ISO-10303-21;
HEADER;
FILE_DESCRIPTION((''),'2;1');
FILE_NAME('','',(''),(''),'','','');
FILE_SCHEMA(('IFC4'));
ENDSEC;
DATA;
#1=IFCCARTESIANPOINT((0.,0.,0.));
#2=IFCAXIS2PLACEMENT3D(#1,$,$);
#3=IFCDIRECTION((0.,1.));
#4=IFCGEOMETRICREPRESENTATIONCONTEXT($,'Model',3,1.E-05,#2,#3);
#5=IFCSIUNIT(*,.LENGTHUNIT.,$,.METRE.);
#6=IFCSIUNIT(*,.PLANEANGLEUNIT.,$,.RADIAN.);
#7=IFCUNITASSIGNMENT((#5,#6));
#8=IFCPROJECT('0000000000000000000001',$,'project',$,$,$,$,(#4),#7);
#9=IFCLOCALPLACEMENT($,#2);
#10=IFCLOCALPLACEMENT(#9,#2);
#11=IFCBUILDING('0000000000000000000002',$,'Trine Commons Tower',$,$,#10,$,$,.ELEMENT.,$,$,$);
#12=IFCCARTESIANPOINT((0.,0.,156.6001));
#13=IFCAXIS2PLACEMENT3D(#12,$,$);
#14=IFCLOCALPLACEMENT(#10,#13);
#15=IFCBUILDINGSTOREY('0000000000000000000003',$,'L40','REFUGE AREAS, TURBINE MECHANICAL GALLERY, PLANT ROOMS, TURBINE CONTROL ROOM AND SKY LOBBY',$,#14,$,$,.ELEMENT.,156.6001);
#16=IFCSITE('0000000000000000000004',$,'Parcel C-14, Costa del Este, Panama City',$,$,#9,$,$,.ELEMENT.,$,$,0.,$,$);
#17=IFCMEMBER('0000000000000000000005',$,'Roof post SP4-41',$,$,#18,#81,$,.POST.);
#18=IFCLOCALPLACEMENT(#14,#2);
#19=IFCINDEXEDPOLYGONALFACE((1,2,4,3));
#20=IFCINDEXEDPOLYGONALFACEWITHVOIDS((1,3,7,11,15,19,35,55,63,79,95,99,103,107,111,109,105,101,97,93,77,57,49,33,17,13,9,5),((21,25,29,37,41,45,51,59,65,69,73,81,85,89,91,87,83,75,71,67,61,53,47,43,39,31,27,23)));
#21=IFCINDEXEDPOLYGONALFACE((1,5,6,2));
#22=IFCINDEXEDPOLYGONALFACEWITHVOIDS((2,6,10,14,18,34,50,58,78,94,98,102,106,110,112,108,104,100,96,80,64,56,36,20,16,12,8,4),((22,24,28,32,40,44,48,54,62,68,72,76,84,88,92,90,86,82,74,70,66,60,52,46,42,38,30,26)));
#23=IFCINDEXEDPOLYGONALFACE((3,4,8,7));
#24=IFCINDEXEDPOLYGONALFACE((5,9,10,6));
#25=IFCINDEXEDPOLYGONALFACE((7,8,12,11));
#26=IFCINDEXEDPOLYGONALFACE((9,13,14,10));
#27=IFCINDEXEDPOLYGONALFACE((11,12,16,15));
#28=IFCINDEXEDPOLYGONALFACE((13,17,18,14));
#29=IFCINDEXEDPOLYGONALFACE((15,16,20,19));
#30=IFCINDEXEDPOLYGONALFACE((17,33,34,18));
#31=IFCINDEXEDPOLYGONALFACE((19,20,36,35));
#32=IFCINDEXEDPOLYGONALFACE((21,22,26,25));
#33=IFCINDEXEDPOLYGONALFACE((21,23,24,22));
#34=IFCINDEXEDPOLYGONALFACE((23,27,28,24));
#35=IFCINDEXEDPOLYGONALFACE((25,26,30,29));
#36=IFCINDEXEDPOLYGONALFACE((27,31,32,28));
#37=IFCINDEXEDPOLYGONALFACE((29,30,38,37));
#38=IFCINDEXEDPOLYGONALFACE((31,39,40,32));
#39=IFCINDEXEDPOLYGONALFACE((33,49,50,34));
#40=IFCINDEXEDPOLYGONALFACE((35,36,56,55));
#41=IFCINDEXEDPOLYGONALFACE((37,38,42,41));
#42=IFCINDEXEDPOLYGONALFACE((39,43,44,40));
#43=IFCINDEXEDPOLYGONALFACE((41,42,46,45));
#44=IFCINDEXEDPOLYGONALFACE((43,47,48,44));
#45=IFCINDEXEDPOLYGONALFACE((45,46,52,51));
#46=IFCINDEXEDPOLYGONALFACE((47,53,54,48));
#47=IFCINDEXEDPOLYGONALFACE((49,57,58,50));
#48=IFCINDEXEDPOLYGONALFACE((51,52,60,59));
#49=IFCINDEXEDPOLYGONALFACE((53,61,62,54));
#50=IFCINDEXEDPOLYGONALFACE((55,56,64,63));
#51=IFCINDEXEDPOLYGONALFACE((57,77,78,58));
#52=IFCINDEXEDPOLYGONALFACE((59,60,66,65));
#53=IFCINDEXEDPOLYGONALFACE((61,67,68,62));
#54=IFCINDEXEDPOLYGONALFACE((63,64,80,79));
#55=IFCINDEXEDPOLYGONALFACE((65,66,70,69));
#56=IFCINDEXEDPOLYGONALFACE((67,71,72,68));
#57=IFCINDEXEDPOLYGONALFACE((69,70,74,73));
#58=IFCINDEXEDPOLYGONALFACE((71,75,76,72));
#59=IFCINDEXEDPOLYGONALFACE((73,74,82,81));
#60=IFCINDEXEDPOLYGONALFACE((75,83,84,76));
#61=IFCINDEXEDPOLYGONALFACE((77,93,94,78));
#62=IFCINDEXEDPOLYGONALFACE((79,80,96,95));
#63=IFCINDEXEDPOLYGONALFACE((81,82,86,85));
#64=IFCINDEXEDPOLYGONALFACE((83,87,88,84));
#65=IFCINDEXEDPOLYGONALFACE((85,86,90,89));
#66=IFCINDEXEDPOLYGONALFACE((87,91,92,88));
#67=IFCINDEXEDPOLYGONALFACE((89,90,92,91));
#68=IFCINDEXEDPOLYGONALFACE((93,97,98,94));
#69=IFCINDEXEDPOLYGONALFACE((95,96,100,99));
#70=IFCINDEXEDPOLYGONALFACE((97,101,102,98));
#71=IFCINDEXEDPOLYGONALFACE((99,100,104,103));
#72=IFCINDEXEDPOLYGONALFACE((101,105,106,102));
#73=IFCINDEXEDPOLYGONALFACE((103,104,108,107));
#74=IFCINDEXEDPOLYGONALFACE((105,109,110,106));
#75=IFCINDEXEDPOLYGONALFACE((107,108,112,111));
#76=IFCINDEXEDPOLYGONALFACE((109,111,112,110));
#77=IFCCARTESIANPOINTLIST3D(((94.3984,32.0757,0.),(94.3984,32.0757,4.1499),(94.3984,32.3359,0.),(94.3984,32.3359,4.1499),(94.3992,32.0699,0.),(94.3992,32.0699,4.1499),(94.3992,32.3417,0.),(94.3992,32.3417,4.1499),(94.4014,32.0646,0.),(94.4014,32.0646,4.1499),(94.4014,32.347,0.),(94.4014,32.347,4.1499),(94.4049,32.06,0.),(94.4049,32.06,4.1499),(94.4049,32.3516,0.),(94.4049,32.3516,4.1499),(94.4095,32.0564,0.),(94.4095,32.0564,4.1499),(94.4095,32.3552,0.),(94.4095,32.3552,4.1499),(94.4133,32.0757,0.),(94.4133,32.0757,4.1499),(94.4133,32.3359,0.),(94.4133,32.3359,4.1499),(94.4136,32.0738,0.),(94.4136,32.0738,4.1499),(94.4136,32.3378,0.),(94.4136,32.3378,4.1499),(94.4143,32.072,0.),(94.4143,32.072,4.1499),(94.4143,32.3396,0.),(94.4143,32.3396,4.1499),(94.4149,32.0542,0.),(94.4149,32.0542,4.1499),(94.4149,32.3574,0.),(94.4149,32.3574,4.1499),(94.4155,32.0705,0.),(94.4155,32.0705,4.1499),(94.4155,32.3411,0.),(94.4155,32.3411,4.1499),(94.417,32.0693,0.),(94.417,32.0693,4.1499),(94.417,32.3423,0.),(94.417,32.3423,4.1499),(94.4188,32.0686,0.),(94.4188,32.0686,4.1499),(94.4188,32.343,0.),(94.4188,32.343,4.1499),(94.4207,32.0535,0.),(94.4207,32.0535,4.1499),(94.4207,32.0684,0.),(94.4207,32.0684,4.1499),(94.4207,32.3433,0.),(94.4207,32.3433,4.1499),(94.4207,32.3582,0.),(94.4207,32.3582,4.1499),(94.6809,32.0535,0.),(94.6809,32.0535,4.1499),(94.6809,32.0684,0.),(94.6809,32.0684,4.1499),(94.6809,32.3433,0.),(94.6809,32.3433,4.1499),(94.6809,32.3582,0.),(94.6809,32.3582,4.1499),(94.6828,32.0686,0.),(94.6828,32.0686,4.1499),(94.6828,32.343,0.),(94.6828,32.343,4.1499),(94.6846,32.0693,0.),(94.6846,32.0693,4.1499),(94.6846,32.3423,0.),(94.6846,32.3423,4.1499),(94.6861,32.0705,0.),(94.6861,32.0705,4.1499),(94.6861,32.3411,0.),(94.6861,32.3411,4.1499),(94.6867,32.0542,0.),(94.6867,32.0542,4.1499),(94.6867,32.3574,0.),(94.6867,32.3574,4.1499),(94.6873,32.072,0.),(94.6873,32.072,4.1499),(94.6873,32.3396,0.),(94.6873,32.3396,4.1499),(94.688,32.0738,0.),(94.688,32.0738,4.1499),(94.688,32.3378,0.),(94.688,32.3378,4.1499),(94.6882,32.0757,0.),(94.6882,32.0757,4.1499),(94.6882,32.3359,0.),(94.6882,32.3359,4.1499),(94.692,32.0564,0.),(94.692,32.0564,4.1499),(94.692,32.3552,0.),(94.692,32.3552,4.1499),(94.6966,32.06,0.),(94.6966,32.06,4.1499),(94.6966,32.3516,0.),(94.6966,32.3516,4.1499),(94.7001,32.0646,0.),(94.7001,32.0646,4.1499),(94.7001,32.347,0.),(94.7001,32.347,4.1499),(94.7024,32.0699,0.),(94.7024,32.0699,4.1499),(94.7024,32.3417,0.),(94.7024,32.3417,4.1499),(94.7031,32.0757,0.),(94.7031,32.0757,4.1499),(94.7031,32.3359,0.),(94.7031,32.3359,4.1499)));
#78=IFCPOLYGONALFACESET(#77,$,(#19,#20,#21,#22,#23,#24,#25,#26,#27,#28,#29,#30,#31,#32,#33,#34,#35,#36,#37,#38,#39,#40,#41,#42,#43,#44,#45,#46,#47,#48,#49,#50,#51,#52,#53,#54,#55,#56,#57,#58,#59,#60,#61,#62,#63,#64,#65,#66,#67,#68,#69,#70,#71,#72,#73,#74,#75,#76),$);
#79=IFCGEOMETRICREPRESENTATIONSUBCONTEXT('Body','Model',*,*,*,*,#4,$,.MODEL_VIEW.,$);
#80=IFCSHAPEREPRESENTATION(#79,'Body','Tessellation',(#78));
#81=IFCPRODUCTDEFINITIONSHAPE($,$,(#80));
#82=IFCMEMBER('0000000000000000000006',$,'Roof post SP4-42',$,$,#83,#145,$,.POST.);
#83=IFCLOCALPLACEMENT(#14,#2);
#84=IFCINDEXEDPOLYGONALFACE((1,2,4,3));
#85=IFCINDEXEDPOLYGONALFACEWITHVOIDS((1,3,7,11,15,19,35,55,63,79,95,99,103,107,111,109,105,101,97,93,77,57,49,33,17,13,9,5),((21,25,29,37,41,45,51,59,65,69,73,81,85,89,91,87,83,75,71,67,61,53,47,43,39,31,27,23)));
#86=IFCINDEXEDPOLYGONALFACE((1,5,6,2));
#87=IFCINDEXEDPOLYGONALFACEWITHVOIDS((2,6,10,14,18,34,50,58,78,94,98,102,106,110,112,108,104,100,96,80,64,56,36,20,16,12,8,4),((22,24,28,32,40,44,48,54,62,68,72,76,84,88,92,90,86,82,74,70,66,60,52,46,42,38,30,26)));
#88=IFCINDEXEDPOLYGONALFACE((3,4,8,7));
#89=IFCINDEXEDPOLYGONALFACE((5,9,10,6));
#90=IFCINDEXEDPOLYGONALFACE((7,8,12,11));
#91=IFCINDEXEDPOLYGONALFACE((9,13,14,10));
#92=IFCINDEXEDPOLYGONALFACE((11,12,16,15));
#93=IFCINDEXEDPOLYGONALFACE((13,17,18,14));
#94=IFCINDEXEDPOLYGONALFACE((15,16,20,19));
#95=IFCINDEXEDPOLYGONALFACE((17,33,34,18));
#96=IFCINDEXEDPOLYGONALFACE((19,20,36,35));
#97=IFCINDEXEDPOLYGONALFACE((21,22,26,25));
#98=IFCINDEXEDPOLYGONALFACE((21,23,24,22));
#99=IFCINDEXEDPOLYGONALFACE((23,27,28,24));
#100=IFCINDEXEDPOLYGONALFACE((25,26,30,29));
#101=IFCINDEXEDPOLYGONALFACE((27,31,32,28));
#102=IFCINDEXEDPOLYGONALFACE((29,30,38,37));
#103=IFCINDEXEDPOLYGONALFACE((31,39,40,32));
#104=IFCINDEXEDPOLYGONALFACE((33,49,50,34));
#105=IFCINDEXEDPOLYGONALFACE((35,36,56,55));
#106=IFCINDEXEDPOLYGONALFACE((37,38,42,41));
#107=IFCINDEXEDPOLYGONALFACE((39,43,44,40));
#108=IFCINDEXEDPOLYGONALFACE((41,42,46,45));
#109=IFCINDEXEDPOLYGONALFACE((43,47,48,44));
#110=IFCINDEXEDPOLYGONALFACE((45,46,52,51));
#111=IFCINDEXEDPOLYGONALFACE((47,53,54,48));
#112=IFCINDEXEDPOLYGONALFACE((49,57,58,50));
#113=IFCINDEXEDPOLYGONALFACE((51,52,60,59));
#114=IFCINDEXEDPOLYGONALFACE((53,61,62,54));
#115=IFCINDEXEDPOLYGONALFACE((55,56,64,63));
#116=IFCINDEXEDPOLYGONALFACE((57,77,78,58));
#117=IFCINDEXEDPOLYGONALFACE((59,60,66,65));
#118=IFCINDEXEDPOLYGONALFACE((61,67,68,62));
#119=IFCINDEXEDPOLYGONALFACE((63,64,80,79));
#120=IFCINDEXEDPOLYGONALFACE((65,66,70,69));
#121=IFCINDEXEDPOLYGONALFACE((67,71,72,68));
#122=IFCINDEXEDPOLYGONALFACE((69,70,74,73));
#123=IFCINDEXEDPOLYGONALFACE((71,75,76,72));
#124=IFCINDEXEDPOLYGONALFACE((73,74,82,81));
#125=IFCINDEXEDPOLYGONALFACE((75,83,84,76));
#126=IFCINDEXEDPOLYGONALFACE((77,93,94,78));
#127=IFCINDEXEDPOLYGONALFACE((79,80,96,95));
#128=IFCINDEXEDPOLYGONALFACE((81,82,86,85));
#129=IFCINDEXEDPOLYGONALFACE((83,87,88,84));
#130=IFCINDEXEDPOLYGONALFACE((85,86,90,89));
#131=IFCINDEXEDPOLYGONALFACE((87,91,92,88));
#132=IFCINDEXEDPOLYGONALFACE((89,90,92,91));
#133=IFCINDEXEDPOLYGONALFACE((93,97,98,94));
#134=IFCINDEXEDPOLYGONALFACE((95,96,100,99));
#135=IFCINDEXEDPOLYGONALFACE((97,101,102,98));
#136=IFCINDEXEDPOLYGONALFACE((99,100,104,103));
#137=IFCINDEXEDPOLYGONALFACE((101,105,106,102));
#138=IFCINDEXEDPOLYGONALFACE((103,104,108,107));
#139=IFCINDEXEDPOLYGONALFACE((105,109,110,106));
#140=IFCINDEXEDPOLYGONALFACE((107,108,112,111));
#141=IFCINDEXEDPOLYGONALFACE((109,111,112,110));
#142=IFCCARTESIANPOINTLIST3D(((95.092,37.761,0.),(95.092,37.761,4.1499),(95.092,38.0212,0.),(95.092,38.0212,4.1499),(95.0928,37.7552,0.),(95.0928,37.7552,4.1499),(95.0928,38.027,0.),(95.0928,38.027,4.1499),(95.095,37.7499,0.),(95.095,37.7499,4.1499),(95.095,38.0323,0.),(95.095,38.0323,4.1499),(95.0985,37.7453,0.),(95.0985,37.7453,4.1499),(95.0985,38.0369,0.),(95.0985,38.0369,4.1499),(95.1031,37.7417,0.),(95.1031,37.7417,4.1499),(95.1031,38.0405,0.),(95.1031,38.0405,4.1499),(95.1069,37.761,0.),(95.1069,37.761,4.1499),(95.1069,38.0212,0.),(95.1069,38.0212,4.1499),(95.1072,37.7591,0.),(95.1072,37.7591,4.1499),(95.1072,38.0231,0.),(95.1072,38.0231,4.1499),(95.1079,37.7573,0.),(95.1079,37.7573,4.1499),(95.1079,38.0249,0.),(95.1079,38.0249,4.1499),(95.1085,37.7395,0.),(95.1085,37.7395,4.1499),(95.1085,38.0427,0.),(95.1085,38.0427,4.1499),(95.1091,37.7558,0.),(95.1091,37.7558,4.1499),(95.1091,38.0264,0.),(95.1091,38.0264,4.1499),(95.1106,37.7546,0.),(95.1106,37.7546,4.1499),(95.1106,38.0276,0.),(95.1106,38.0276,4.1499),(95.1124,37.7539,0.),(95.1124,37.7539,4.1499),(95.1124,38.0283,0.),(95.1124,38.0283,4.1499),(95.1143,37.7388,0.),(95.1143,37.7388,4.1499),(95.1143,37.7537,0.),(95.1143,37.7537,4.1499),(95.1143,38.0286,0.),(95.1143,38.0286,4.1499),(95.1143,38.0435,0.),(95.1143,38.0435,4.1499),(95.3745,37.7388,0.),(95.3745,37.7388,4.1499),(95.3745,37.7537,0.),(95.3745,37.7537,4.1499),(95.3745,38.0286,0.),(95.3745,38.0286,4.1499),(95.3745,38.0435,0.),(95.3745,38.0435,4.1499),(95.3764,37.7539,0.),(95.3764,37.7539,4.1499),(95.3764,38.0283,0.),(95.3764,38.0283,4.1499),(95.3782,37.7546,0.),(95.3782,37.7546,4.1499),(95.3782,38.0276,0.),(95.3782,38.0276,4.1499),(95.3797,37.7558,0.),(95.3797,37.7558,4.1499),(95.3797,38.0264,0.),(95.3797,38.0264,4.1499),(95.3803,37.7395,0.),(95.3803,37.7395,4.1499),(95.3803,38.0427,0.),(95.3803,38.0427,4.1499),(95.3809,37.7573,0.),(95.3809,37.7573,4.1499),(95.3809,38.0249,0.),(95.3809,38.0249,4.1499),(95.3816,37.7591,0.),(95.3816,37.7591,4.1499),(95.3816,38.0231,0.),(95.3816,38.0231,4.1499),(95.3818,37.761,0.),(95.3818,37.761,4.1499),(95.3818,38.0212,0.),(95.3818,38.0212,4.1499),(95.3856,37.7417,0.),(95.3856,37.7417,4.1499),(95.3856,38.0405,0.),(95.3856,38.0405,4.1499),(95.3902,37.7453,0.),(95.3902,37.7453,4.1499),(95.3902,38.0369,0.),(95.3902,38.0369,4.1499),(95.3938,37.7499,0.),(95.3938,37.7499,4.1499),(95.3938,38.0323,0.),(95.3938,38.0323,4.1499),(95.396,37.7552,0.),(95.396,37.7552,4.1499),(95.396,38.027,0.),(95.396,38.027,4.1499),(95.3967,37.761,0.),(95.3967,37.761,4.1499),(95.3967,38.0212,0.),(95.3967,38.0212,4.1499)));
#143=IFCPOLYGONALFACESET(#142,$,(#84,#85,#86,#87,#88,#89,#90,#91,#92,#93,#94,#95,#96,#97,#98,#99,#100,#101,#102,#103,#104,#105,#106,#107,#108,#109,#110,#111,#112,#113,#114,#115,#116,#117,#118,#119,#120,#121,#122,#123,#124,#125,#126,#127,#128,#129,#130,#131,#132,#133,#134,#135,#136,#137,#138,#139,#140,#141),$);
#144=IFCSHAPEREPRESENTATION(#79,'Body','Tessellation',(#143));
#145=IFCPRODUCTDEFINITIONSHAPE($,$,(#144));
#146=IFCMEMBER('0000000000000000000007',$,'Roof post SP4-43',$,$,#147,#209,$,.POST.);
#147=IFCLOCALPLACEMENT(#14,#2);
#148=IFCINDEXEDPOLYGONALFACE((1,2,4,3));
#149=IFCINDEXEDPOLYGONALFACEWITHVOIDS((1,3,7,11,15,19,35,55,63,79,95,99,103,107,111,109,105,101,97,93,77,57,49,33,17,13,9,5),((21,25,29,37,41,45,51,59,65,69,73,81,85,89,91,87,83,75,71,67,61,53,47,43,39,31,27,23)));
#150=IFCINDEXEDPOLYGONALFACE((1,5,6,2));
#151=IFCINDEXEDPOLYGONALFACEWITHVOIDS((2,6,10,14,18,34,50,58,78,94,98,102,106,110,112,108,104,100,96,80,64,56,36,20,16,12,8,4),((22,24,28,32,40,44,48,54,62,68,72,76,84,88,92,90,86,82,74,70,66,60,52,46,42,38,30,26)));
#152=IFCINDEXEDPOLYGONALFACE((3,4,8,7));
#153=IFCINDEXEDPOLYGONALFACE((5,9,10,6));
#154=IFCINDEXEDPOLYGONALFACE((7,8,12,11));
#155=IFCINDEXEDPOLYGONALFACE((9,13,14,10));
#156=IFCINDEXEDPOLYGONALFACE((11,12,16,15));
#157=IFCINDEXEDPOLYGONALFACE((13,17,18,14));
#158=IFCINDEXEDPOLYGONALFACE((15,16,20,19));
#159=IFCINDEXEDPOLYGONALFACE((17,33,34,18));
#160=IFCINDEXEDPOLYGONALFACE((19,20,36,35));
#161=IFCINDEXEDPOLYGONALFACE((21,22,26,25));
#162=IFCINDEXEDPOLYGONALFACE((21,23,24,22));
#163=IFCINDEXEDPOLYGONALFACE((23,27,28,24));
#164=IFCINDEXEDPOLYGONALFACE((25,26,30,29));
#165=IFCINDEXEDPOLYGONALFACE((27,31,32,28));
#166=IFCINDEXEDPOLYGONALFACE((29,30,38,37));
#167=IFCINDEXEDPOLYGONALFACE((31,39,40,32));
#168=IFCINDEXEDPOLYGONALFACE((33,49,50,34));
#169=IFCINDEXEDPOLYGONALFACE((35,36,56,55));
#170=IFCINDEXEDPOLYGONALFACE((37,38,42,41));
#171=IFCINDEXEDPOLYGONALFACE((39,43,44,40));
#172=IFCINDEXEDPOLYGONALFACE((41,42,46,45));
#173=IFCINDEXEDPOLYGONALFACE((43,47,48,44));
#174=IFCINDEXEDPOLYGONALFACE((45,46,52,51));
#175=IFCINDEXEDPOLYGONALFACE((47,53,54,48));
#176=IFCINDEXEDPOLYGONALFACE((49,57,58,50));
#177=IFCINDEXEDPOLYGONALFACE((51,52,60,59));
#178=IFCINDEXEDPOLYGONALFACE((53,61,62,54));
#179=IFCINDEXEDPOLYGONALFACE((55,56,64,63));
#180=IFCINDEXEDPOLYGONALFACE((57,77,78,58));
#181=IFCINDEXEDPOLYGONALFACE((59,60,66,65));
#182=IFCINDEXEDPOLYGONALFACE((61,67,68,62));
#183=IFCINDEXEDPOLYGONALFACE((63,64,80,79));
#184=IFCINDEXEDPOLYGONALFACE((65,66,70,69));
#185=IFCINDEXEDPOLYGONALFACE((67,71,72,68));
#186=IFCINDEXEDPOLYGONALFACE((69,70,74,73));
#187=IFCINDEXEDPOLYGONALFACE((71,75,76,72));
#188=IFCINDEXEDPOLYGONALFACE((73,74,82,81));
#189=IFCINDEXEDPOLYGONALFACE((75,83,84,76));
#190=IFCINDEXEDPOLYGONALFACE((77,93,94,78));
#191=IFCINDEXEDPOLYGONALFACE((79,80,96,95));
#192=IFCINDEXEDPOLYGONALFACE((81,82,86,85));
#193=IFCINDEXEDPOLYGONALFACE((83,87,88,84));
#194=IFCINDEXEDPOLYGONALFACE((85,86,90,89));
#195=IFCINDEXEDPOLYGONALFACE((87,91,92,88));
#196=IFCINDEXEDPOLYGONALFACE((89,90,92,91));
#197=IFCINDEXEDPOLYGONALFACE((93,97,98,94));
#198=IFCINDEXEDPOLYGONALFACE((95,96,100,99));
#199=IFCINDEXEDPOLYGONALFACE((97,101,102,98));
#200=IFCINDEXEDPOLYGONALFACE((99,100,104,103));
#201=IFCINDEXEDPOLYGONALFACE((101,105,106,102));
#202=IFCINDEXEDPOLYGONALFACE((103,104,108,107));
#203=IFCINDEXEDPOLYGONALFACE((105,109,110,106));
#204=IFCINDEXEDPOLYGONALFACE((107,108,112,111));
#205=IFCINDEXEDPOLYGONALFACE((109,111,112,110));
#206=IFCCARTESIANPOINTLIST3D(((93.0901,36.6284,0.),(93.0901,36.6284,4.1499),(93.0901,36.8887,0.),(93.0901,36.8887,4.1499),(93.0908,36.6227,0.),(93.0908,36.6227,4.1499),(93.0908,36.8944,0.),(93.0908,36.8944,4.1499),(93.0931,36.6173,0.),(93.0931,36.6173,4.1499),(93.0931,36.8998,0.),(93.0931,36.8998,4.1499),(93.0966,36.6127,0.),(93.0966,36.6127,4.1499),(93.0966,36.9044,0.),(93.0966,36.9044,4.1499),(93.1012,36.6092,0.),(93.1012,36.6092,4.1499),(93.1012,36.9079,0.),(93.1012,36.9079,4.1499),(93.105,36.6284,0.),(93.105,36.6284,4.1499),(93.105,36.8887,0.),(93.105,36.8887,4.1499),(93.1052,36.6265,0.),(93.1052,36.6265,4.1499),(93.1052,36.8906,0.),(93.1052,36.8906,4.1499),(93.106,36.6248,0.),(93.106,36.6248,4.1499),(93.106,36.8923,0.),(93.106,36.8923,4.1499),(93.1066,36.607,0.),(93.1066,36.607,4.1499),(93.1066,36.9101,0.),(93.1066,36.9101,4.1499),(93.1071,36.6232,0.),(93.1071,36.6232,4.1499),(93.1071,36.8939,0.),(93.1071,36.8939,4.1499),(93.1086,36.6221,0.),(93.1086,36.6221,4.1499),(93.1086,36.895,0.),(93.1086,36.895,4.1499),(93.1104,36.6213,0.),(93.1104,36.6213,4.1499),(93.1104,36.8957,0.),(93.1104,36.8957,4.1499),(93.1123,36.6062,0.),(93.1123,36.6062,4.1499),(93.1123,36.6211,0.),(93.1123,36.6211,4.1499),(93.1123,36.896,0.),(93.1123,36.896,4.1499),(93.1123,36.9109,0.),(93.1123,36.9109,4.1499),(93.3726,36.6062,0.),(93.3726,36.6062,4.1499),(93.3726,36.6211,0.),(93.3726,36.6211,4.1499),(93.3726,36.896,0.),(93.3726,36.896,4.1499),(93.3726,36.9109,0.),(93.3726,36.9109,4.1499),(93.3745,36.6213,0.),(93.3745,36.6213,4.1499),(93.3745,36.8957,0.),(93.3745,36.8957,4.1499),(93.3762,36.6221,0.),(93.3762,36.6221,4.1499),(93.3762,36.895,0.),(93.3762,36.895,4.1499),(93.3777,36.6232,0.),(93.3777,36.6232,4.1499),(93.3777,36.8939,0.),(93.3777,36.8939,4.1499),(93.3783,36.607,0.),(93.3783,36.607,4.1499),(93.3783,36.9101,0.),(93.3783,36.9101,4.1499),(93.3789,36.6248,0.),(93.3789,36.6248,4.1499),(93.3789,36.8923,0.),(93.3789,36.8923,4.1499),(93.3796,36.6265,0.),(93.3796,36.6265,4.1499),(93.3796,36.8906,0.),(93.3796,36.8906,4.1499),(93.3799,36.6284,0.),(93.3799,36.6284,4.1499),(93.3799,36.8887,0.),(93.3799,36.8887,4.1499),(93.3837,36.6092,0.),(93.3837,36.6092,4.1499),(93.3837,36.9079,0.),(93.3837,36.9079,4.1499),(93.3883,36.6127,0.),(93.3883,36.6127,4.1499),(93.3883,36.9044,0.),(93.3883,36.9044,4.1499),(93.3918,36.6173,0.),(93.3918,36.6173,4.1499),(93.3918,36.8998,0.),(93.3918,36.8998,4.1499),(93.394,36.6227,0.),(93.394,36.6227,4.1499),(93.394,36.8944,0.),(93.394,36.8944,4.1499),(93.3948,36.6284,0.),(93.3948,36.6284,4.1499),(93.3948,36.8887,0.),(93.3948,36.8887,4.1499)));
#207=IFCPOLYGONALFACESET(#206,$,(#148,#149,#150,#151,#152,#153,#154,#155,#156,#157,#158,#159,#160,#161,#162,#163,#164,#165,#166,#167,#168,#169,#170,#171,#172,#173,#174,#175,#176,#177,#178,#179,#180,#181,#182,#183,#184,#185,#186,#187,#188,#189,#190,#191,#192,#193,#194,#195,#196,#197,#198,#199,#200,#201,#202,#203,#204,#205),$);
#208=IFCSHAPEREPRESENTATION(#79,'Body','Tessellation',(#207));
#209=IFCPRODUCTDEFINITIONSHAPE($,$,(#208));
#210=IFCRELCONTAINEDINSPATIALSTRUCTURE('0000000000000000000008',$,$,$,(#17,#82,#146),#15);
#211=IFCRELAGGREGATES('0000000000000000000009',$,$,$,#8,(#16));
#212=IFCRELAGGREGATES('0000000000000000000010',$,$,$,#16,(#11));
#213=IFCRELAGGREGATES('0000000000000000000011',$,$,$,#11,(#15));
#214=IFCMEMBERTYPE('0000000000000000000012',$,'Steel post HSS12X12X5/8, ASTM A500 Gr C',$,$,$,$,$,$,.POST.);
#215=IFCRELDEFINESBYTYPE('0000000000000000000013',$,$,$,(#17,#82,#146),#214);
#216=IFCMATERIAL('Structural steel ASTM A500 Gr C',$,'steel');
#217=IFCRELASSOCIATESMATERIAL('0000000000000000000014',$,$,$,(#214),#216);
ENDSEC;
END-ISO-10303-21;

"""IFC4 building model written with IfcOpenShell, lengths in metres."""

from ifc_helpers import new_model, si_unit, direction, frame, origin, origin_2d, place, context, subcontext, project, spatial, hollow_rectangle, extrude, material, material_profile, profile_set, type_object, element, save


model = new_model("IFC4")

# Units and contexts
model_context = context("Model", 3, precision=1e-05, world=origin(), true_north=direction((0.0, 1.0)))
body_context = subcontext(model_context, "Body", "Model", "MODEL_VIEW")
ifc_project = project(units=[si_unit("LENGTHUNIT", "METRE"), si_unit("PLANEANGLEUNIT", "RADIAN")], contexts=[model_context])

# Site, building, storey
site_placement = place(None, origin())
site = spatial("IfcSite", under=ifc_project, at=site_placement, Name="Parcel C-14, Costa del Este, Panama City", CompositionType="ELEMENT", RefElevation=0.0)
building_placement = place(site_placement, origin())
building = spatial("IfcBuilding", under=site, at=building_placement, Name="Trine Commons Tower", CompositionType="ELEMENT")
storey_placement = place(building_placement, frame((0.0, 0.0, 156.6001)))
storey = spatial("IfcBuildingStorey", under=building, at=storey_placement, Name="L40", Description="REFUGE AREAS, TURBINE MECHANICAL GALLERY, PLANT ROOMS, TURBINE CONTROL ROOM AND SKY LOBBY", CompositionType="ELEMENT", Elevation=156.6001)

# Members
ifc_material_1 = material(Name="Structural steel ASTM A500 Gr C", Category="steel")
ifc_material_profile_1 = material_profile(ifc_material_1, hollow_rectangle(XDim=0.3047, YDim=0.3047, WallThickness=0.0149, InnerFilletRadius=0.0073, OuterFilletRadius=0.0222, at=origin_2d()), Name="HSS12X12X5/8")
ifc_profile_set_1 = profile_set([ifc_material_profile_1], Name="Structural steel ASTM A500 Gr C")
member_type_1 = type_object("IfcMemberType", Name="Steel post HSS12X12X5/8, ASTM A500 Gr C", PredefinedType="POST", material=ifc_profile_set_1)
for number, where, z_axis, x_axis, name in (
    (1, (94.5508, 32.2058, 0.0), (0.0, 0.0, 1.0), (1.0, 0.0, 0.0), "Roof post SP4-41"),
    (2, (95.2444, 37.8911, 0.0), (0.0, 0.0, 1.0), (1.0, 0.0, 0.0), "Roof post SP4-42"),
    (3, (93.2424, 36.7585, 0.0), (0.0, 0.0, 1.0), (1.0, 0.0, 0.0), "Roof post SP4-43"),
):
    element("IfcMember", number, at=place(storey_placement, frame(where, z_axis=z_axis, x_axis=x_axis)), inside=storey, type_object=member_type_1, Name=name, PredefinedType="POST", context=body_context, shape_type="SweptSolid", body=[
        extrude(hollow_rectangle(XDim=0.3047, YDim=0.3047, WallThickness=0.0149, InnerFilletRadius=0.0073, OuterFilletRadius=0.0222, at=origin_2d()), origin(), (0.0, 0.0, 1.0), 4.1499),
    ])

save(model, "model.ifc")
